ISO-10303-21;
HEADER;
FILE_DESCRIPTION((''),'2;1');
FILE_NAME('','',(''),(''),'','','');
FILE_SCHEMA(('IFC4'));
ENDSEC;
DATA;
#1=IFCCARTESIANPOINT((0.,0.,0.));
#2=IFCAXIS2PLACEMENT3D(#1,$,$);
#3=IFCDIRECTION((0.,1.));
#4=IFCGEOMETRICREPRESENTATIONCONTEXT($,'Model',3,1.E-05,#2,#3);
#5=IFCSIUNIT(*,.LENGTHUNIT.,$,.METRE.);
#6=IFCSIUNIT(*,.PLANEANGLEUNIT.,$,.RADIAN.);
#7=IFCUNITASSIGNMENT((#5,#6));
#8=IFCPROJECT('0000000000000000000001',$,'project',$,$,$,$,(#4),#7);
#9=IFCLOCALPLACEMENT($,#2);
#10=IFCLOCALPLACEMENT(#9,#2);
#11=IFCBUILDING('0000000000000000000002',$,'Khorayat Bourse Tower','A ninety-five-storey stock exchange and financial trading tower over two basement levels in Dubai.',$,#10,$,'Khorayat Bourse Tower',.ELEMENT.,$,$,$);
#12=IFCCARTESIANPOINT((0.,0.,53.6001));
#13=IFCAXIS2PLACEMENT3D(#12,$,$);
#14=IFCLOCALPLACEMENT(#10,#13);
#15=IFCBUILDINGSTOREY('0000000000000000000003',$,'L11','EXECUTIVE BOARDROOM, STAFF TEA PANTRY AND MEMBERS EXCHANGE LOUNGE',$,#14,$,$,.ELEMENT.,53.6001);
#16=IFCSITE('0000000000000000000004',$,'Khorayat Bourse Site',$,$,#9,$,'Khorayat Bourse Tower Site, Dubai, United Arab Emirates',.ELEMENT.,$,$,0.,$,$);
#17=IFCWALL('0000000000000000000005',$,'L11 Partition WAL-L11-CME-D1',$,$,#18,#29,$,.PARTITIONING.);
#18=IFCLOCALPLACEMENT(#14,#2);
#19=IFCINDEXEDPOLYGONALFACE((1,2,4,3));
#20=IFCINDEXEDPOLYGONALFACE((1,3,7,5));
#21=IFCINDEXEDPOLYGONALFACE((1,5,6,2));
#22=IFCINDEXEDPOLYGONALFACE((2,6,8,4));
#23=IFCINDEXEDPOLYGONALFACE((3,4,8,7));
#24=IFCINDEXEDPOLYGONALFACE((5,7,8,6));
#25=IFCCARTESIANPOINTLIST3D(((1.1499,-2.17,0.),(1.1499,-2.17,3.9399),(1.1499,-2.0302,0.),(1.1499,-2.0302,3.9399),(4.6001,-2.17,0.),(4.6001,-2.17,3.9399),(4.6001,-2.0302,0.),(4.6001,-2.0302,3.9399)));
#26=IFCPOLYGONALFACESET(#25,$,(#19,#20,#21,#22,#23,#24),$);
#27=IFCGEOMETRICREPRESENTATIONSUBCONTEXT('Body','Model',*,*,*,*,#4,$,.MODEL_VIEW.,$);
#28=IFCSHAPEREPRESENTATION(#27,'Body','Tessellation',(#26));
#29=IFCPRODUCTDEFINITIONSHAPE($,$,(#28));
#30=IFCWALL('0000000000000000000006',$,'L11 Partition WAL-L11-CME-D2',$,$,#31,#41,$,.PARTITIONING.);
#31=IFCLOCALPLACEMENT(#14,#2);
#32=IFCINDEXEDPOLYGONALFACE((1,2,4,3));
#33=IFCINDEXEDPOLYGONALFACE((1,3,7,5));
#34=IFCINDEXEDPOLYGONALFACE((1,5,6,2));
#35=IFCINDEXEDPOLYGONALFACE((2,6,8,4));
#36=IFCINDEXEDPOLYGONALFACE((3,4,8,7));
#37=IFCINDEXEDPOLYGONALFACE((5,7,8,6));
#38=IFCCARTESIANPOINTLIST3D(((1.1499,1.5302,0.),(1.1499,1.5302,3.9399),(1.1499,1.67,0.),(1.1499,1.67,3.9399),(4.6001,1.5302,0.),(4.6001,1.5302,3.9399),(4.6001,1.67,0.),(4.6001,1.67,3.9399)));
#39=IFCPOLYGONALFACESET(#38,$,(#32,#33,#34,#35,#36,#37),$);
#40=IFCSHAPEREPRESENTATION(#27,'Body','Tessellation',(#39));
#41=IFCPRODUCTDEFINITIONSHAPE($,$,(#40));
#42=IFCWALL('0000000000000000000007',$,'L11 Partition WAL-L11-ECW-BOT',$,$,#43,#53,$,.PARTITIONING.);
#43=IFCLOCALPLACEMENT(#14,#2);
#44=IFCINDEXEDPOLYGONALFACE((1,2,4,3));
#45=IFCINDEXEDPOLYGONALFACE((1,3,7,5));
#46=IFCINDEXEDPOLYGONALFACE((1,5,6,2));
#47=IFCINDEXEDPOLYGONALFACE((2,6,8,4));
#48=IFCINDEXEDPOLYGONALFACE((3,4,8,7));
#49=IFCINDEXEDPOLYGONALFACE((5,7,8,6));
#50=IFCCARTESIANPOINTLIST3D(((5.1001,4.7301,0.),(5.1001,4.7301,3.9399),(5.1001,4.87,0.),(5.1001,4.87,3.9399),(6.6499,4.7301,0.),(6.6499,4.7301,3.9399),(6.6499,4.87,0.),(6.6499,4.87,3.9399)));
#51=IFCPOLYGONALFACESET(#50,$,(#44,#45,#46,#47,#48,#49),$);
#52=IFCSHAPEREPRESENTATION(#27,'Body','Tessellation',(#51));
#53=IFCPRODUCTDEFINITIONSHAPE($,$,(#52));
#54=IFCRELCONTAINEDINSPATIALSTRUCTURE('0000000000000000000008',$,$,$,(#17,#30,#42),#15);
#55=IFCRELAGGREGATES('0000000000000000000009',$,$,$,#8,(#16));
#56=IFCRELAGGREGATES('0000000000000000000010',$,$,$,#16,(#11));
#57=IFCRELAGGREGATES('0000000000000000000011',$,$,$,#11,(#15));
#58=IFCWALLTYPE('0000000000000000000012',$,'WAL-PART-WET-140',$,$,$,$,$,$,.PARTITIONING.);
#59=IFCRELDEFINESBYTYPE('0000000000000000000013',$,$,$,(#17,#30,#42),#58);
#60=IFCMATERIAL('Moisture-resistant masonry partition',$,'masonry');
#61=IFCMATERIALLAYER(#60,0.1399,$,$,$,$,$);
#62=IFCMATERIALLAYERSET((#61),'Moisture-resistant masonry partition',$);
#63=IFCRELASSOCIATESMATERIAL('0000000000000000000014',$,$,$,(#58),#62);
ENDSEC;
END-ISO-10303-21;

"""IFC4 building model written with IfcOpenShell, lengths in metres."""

from ifc_helpers import new_model, si_unit, direction, frame, frame_2d, origin, place, context, subcontext, project, spatial, rectangle, extrude, source, transform, mapped, material, layer, layer_set, type_object, element, save


model = new_model("IFC4")

# Units and contexts
model_context = context("Model", 3, precision=1e-05, world=origin(), true_north=direction((0.0, 1.0)))
body_context = subcontext(model_context, "Body", "Model", "MODEL_VIEW")
ifc_project = project(units=[si_unit("LENGTHUNIT", "METRE"), si_unit("PLANEANGLEUNIT", "RADIAN")], contexts=[model_context])

# Site, building, storey
site_placement = place(None, origin())
site = spatial("IfcSite", under=ifc_project, at=site_placement, Name="Khorayat Bourse Site", LongName="Khorayat Bourse Tower Site, Dubai, United Arab Emirates", CompositionType="ELEMENT", RefElevation=0.0)
building_placement = place(site_placement, origin())
building = spatial("IfcBuilding", under=site, at=building_placement, Name="Khorayat Bourse Tower", Description="A ninety-five-storey stock exchange and financial trading tower over two basement levels in Dubai.", LongName="Khorayat Bourse Tower", CompositionType="ELEMENT")
storey_placement = place(building_placement, frame((0.0, 0.0, 53.6001)))
storey = spatial("IfcBuildingStorey", under=building, at=storey_placement, Name="L11", Description="EXECUTIVE BOARDROOM, STAFF TEA PANTRY AND MEMBERS EXCHANGE LOUNGE", CompositionType="ELEMENT", Elevation=53.6001)

# Shared definitions
ifc_material_1 = material(Name="Moisture-resistant masonry partition", Category="masonry")
ifc_layer_1 = layer(ifc_material_1, 0.1399)
ifc_layer_set_1 = layer_set([ifc_layer_1], Name="Moisture-resistant masonry partition")
wall_type_1 = type_object("IfcWallType", Name="WAL-PART-WET-140", PredefinedType="PARTITIONING", material=ifc_layer_set_1)

# Walls
shared_shape_1 = source(origin(), body_context, "Body", "SweptSolid", [
    extrude(rectangle(XDim=3.4502, YDim=0.1399, at=frame_2d((1.7251, 0.0))), origin(), (0.0, 0.0, 1.0), 3.9399),
])
for number, where, z_axis, x_axis, name in (
    (1, (1.1499, -2.1001, 0.0), (0.0, 0.0, 1.0), (1.0, 0.0, 0.0), "L11 Partition WAL-L11-CME-D1"),
    (2, (1.1499, 1.6001, 0.0), (0.0, 0.0, 1.0), (1.0, 0.0, 0.0), "L11 Partition WAL-L11-CME-D2"),
):
    element("IfcWall", number, at=place(storey_placement, frame(where, z_axis=z_axis, x_axis=x_axis)), inside=storey, type_object=wall_type_1, Name=name, PredefinedType="PARTITIONING", context=body_context, shape_type="MappedRepresentation", body=[
        mapped(shared_shape_1, transform((0.0, 0.0, 0.0), scale=1.0)),
    ])

# Wall
shared_shape_2 = source(origin(), body_context, "Body", "SweptSolid", [
    extrude(rectangle(XDim=1.5498, YDim=0.1399, at=frame_2d((0.7749, 0.0))), origin(), (0.0, 0.0, 1.0), 3.9399),
])
wall_1_placement = place(storey_placement, frame((5.1001, 4.8, 0.0), z_axis=(0.0, 0.0, 1.0), x_axis=(1.0, 0.0, 0.0)))
element("IfcWall", 3, at=wall_1_placement, inside=storey, type_object=wall_type_1, Name="L11 Partition WAL-L11-ECW-BOT", PredefinedType="PARTITIONING", context=body_context, shape_type="MappedRepresentation", body=[
    mapped(shared_shape_2, transform((0.0, 0.0, 0.0), scale=1.0)),
])

save(model, "model.ifc")
